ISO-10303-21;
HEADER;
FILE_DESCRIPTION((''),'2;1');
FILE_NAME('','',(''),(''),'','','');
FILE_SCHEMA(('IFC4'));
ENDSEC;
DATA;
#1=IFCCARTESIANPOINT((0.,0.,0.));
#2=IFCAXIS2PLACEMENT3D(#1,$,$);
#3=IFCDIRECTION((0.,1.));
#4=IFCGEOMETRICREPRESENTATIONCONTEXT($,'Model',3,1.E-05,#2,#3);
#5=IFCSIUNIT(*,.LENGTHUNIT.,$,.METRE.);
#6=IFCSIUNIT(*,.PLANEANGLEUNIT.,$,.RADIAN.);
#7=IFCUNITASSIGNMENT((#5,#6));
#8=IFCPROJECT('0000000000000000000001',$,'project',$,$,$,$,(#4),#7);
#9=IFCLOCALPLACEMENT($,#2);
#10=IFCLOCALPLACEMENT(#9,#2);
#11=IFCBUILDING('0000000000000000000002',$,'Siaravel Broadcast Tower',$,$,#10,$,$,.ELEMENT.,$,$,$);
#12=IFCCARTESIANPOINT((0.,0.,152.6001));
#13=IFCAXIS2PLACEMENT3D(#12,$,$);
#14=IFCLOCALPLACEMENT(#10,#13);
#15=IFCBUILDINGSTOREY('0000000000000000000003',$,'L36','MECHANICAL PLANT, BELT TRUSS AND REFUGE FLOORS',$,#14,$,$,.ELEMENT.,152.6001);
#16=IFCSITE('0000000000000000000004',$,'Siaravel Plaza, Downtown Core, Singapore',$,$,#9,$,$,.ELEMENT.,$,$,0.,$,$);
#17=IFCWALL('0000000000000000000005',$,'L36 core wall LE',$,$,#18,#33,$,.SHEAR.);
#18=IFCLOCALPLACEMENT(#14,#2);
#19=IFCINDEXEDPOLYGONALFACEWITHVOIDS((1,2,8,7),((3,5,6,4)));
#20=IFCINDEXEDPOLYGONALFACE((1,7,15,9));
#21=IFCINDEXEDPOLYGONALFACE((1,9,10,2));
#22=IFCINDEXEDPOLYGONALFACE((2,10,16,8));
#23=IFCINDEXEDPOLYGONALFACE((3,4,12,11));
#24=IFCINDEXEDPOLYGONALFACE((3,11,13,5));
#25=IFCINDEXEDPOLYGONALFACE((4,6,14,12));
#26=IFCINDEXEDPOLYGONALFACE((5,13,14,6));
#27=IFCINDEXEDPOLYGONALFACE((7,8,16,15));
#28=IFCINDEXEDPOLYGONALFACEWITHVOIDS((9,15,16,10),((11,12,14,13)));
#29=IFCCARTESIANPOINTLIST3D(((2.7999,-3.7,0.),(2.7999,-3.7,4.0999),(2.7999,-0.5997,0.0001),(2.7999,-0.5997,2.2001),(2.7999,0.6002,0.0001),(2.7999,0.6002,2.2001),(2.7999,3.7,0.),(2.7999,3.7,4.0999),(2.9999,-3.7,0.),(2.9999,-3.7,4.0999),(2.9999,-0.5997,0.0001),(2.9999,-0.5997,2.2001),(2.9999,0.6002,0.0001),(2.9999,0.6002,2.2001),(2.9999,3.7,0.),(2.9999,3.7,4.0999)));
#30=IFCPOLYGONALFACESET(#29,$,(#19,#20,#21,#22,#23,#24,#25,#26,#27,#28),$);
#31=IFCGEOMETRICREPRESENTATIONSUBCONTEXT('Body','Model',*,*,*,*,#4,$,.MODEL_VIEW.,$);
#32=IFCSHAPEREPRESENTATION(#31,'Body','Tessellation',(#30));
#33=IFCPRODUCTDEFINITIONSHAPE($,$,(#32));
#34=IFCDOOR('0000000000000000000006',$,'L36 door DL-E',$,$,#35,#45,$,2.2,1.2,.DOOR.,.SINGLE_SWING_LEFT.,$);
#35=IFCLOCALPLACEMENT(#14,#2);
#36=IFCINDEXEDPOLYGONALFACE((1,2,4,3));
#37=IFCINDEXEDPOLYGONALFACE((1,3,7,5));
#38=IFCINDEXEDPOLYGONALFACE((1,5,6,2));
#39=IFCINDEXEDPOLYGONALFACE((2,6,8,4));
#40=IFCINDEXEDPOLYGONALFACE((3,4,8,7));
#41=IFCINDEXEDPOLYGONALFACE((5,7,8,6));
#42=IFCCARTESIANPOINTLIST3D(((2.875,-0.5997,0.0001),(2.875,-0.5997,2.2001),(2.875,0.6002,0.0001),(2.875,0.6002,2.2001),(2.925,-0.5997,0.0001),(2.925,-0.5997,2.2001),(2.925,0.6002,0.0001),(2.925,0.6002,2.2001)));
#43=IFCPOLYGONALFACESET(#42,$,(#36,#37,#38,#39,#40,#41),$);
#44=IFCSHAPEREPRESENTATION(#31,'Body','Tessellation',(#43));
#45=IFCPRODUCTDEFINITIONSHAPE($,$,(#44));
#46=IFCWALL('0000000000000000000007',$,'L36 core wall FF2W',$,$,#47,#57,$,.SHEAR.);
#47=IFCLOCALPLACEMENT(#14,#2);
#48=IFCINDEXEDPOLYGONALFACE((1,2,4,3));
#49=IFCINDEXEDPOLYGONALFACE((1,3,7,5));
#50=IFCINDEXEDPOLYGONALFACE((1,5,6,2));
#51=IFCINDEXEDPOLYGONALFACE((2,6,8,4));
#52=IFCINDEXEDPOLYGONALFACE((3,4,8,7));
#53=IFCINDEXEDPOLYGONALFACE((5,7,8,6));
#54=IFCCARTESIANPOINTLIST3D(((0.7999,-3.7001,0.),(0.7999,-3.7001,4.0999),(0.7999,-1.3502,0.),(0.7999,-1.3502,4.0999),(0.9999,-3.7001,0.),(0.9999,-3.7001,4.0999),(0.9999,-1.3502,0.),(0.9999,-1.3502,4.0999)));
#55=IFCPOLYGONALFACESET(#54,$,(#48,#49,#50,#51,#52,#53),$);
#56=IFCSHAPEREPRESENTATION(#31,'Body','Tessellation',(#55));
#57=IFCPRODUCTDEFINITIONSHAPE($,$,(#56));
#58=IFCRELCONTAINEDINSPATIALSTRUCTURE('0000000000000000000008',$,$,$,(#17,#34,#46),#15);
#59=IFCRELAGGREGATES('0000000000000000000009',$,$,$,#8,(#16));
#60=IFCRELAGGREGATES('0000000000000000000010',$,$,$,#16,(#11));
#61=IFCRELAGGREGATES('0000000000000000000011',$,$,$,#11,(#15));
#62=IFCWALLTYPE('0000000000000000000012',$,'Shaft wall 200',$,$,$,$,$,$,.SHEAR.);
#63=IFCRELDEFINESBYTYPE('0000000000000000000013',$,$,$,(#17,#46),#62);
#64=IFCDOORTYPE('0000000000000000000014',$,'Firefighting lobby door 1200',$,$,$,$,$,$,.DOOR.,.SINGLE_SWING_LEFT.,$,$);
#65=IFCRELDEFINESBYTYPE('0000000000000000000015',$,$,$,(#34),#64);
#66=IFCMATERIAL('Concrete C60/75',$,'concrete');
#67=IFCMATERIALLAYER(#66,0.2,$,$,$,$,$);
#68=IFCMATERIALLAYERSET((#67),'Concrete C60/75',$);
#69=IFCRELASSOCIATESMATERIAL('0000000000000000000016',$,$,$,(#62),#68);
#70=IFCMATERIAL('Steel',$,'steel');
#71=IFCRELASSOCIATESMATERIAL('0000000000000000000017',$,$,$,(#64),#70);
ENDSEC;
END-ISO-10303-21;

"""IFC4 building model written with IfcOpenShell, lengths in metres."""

from ifc_helpers import new_model, si_unit, direction, frame, frame_2d, origin, place, context, subcontext, project, spatial, rectangle, extrude, material, layer, layer_set, type_object, element, fill, save


model = new_model("IFC4")

# Units and contexts
model_context = context("Model", 3, precision=1e-05, world=origin(), true_north=direction((0.0, 1.0)))
body_context = subcontext(model_context, "Body", "Model", "MODEL_VIEW")
ifc_project = project(units=[si_unit("LENGTHUNIT", "METRE"), si_unit("PLANEANGLEUNIT", "RADIAN")], contexts=[model_context])

# Site, building, storey
site_placement = place(None, origin())
site = spatial("IfcSite", under=ifc_project, at=site_placement, Name="Siaravel Plaza, Downtown Core, Singapore", CompositionType="ELEMENT", RefElevation=0.0)
building_placement = place(site_placement, origin())
building = spatial("IfcBuilding", under=site, at=building_placement, Name="Siaravel Broadcast Tower", CompositionType="ELEMENT")
storey_placement = place(building_placement, frame((0.0, 0.0, 152.6001)))
storey = spatial("IfcBuildingStorey", under=building, at=storey_placement, Name="L36", Description="MECHANICAL PLANT, BELT TRUSS AND REFUGE FLOORS", CompositionType="ELEMENT", Elevation=152.6001)

# Shared definitions
ifc_material_1 = material(Name="Concrete C60/75", Category="concrete")
ifc_layer_1 = layer(ifc_material_1, 0.2)
ifc_layer_set_1 = layer_set([ifc_layer_1], Name="Concrete C60/75")
wall_type_1 = type_object("IfcWallType", Name="Shaft wall 200", PredefinedType="SHEAR", material=ifc_layer_set_1)

# Wall, opening, door
wall_1_placement = place(storey_placement, frame((2.8999, -3.7, 0.0), z_axis=(0.0, 0.0, 1.0), x_axis=(0.0, 1.0, 0.0)))
wall_1 = element("IfcWall", 1, at=wall_1_placement, inside=storey, type_object=wall_type_1, Name="L36 core wall LE", PredefinedType="SHEAR", context=body_context, shape_type="SweptSolid", body=[
    extrude(rectangle(XDim=7.3999, YDim=0.2, at=frame_2d((3.7, 0.0))), origin(), (0.0, 0.0, 1.0), 4.0999),
])
opening_1_placement = place(wall_1_placement, frame((3.1001, 0.0, 0.0)))
opening_1 = element("IfcOpeningElement", 2, at=opening_1_placement, cuts=wall_1, PredefinedType="OPENING", context=body_context, shape_type="SweptSolid", body=[
    extrude(rectangle(XDim=1.2, YDim=2.2, at=frame_2d((0.6001, 1.1001))), frame((0.0, 0.1099, 0.0), z_axis=(0.0, -1.0, 0.0), x_axis=(1.0, 0.0, 0.0)), (0.0, 0.0, 1.0), 0.22),
])
ifc_material_2 = material(Name="Steel", Category="steel")
door_type_1 = type_object("IfcDoorType", Name="Firefighting lobby door 1200", OperationType="SINGLE_SWING_LEFT", PredefinedType="DOOR", material=ifc_material_2)
door_1_placement = place(opening_1_placement, origin())
door_1 = element("IfcDoor", 3, at=door_1_placement, inside=storey, type_object=door_type_1, Name="L36 door DL-E", OperationType="SINGLE_SWING_LEFT", OverallHeight=2.2, OverallWidth=1.2, PredefinedType="DOOR", context=body_context, shape_type="SweptSolid", body=[
    extrude(rectangle(XDim=1.2, YDim=2.2, at=frame_2d((0.6001, 1.1001))), frame((0.0, 0.0249, 0.0), z_axis=(0.0, -1.0, 0.0), x_axis=(1.0, 0.0, 0.0)), (0.0, 0.0, 1.0), 0.05),
])
fill(opening_1, door_1)

# Wall
wall_2_placement = place(storey_placement, frame((0.8999, -3.7, 0.0), z_axis=(0.0, 0.0, 1.0), x_axis=(0.0, 1.0, 0.0)))
element("IfcWall", 4, at=wall_2_placement, inside=storey, type_object=wall_type_1, Name="L36 core wall FF2W", PredefinedType="SHEAR", context=body_context, shape_type="SweptSolid", body=[
    extrude(rectangle(XDim=2.3499, YDim=0.2, at=frame_2d((1.1748, 0.0))), origin(), (0.0, 0.0, 1.0), 4.0999),
])

save(model, "model.ifc")
